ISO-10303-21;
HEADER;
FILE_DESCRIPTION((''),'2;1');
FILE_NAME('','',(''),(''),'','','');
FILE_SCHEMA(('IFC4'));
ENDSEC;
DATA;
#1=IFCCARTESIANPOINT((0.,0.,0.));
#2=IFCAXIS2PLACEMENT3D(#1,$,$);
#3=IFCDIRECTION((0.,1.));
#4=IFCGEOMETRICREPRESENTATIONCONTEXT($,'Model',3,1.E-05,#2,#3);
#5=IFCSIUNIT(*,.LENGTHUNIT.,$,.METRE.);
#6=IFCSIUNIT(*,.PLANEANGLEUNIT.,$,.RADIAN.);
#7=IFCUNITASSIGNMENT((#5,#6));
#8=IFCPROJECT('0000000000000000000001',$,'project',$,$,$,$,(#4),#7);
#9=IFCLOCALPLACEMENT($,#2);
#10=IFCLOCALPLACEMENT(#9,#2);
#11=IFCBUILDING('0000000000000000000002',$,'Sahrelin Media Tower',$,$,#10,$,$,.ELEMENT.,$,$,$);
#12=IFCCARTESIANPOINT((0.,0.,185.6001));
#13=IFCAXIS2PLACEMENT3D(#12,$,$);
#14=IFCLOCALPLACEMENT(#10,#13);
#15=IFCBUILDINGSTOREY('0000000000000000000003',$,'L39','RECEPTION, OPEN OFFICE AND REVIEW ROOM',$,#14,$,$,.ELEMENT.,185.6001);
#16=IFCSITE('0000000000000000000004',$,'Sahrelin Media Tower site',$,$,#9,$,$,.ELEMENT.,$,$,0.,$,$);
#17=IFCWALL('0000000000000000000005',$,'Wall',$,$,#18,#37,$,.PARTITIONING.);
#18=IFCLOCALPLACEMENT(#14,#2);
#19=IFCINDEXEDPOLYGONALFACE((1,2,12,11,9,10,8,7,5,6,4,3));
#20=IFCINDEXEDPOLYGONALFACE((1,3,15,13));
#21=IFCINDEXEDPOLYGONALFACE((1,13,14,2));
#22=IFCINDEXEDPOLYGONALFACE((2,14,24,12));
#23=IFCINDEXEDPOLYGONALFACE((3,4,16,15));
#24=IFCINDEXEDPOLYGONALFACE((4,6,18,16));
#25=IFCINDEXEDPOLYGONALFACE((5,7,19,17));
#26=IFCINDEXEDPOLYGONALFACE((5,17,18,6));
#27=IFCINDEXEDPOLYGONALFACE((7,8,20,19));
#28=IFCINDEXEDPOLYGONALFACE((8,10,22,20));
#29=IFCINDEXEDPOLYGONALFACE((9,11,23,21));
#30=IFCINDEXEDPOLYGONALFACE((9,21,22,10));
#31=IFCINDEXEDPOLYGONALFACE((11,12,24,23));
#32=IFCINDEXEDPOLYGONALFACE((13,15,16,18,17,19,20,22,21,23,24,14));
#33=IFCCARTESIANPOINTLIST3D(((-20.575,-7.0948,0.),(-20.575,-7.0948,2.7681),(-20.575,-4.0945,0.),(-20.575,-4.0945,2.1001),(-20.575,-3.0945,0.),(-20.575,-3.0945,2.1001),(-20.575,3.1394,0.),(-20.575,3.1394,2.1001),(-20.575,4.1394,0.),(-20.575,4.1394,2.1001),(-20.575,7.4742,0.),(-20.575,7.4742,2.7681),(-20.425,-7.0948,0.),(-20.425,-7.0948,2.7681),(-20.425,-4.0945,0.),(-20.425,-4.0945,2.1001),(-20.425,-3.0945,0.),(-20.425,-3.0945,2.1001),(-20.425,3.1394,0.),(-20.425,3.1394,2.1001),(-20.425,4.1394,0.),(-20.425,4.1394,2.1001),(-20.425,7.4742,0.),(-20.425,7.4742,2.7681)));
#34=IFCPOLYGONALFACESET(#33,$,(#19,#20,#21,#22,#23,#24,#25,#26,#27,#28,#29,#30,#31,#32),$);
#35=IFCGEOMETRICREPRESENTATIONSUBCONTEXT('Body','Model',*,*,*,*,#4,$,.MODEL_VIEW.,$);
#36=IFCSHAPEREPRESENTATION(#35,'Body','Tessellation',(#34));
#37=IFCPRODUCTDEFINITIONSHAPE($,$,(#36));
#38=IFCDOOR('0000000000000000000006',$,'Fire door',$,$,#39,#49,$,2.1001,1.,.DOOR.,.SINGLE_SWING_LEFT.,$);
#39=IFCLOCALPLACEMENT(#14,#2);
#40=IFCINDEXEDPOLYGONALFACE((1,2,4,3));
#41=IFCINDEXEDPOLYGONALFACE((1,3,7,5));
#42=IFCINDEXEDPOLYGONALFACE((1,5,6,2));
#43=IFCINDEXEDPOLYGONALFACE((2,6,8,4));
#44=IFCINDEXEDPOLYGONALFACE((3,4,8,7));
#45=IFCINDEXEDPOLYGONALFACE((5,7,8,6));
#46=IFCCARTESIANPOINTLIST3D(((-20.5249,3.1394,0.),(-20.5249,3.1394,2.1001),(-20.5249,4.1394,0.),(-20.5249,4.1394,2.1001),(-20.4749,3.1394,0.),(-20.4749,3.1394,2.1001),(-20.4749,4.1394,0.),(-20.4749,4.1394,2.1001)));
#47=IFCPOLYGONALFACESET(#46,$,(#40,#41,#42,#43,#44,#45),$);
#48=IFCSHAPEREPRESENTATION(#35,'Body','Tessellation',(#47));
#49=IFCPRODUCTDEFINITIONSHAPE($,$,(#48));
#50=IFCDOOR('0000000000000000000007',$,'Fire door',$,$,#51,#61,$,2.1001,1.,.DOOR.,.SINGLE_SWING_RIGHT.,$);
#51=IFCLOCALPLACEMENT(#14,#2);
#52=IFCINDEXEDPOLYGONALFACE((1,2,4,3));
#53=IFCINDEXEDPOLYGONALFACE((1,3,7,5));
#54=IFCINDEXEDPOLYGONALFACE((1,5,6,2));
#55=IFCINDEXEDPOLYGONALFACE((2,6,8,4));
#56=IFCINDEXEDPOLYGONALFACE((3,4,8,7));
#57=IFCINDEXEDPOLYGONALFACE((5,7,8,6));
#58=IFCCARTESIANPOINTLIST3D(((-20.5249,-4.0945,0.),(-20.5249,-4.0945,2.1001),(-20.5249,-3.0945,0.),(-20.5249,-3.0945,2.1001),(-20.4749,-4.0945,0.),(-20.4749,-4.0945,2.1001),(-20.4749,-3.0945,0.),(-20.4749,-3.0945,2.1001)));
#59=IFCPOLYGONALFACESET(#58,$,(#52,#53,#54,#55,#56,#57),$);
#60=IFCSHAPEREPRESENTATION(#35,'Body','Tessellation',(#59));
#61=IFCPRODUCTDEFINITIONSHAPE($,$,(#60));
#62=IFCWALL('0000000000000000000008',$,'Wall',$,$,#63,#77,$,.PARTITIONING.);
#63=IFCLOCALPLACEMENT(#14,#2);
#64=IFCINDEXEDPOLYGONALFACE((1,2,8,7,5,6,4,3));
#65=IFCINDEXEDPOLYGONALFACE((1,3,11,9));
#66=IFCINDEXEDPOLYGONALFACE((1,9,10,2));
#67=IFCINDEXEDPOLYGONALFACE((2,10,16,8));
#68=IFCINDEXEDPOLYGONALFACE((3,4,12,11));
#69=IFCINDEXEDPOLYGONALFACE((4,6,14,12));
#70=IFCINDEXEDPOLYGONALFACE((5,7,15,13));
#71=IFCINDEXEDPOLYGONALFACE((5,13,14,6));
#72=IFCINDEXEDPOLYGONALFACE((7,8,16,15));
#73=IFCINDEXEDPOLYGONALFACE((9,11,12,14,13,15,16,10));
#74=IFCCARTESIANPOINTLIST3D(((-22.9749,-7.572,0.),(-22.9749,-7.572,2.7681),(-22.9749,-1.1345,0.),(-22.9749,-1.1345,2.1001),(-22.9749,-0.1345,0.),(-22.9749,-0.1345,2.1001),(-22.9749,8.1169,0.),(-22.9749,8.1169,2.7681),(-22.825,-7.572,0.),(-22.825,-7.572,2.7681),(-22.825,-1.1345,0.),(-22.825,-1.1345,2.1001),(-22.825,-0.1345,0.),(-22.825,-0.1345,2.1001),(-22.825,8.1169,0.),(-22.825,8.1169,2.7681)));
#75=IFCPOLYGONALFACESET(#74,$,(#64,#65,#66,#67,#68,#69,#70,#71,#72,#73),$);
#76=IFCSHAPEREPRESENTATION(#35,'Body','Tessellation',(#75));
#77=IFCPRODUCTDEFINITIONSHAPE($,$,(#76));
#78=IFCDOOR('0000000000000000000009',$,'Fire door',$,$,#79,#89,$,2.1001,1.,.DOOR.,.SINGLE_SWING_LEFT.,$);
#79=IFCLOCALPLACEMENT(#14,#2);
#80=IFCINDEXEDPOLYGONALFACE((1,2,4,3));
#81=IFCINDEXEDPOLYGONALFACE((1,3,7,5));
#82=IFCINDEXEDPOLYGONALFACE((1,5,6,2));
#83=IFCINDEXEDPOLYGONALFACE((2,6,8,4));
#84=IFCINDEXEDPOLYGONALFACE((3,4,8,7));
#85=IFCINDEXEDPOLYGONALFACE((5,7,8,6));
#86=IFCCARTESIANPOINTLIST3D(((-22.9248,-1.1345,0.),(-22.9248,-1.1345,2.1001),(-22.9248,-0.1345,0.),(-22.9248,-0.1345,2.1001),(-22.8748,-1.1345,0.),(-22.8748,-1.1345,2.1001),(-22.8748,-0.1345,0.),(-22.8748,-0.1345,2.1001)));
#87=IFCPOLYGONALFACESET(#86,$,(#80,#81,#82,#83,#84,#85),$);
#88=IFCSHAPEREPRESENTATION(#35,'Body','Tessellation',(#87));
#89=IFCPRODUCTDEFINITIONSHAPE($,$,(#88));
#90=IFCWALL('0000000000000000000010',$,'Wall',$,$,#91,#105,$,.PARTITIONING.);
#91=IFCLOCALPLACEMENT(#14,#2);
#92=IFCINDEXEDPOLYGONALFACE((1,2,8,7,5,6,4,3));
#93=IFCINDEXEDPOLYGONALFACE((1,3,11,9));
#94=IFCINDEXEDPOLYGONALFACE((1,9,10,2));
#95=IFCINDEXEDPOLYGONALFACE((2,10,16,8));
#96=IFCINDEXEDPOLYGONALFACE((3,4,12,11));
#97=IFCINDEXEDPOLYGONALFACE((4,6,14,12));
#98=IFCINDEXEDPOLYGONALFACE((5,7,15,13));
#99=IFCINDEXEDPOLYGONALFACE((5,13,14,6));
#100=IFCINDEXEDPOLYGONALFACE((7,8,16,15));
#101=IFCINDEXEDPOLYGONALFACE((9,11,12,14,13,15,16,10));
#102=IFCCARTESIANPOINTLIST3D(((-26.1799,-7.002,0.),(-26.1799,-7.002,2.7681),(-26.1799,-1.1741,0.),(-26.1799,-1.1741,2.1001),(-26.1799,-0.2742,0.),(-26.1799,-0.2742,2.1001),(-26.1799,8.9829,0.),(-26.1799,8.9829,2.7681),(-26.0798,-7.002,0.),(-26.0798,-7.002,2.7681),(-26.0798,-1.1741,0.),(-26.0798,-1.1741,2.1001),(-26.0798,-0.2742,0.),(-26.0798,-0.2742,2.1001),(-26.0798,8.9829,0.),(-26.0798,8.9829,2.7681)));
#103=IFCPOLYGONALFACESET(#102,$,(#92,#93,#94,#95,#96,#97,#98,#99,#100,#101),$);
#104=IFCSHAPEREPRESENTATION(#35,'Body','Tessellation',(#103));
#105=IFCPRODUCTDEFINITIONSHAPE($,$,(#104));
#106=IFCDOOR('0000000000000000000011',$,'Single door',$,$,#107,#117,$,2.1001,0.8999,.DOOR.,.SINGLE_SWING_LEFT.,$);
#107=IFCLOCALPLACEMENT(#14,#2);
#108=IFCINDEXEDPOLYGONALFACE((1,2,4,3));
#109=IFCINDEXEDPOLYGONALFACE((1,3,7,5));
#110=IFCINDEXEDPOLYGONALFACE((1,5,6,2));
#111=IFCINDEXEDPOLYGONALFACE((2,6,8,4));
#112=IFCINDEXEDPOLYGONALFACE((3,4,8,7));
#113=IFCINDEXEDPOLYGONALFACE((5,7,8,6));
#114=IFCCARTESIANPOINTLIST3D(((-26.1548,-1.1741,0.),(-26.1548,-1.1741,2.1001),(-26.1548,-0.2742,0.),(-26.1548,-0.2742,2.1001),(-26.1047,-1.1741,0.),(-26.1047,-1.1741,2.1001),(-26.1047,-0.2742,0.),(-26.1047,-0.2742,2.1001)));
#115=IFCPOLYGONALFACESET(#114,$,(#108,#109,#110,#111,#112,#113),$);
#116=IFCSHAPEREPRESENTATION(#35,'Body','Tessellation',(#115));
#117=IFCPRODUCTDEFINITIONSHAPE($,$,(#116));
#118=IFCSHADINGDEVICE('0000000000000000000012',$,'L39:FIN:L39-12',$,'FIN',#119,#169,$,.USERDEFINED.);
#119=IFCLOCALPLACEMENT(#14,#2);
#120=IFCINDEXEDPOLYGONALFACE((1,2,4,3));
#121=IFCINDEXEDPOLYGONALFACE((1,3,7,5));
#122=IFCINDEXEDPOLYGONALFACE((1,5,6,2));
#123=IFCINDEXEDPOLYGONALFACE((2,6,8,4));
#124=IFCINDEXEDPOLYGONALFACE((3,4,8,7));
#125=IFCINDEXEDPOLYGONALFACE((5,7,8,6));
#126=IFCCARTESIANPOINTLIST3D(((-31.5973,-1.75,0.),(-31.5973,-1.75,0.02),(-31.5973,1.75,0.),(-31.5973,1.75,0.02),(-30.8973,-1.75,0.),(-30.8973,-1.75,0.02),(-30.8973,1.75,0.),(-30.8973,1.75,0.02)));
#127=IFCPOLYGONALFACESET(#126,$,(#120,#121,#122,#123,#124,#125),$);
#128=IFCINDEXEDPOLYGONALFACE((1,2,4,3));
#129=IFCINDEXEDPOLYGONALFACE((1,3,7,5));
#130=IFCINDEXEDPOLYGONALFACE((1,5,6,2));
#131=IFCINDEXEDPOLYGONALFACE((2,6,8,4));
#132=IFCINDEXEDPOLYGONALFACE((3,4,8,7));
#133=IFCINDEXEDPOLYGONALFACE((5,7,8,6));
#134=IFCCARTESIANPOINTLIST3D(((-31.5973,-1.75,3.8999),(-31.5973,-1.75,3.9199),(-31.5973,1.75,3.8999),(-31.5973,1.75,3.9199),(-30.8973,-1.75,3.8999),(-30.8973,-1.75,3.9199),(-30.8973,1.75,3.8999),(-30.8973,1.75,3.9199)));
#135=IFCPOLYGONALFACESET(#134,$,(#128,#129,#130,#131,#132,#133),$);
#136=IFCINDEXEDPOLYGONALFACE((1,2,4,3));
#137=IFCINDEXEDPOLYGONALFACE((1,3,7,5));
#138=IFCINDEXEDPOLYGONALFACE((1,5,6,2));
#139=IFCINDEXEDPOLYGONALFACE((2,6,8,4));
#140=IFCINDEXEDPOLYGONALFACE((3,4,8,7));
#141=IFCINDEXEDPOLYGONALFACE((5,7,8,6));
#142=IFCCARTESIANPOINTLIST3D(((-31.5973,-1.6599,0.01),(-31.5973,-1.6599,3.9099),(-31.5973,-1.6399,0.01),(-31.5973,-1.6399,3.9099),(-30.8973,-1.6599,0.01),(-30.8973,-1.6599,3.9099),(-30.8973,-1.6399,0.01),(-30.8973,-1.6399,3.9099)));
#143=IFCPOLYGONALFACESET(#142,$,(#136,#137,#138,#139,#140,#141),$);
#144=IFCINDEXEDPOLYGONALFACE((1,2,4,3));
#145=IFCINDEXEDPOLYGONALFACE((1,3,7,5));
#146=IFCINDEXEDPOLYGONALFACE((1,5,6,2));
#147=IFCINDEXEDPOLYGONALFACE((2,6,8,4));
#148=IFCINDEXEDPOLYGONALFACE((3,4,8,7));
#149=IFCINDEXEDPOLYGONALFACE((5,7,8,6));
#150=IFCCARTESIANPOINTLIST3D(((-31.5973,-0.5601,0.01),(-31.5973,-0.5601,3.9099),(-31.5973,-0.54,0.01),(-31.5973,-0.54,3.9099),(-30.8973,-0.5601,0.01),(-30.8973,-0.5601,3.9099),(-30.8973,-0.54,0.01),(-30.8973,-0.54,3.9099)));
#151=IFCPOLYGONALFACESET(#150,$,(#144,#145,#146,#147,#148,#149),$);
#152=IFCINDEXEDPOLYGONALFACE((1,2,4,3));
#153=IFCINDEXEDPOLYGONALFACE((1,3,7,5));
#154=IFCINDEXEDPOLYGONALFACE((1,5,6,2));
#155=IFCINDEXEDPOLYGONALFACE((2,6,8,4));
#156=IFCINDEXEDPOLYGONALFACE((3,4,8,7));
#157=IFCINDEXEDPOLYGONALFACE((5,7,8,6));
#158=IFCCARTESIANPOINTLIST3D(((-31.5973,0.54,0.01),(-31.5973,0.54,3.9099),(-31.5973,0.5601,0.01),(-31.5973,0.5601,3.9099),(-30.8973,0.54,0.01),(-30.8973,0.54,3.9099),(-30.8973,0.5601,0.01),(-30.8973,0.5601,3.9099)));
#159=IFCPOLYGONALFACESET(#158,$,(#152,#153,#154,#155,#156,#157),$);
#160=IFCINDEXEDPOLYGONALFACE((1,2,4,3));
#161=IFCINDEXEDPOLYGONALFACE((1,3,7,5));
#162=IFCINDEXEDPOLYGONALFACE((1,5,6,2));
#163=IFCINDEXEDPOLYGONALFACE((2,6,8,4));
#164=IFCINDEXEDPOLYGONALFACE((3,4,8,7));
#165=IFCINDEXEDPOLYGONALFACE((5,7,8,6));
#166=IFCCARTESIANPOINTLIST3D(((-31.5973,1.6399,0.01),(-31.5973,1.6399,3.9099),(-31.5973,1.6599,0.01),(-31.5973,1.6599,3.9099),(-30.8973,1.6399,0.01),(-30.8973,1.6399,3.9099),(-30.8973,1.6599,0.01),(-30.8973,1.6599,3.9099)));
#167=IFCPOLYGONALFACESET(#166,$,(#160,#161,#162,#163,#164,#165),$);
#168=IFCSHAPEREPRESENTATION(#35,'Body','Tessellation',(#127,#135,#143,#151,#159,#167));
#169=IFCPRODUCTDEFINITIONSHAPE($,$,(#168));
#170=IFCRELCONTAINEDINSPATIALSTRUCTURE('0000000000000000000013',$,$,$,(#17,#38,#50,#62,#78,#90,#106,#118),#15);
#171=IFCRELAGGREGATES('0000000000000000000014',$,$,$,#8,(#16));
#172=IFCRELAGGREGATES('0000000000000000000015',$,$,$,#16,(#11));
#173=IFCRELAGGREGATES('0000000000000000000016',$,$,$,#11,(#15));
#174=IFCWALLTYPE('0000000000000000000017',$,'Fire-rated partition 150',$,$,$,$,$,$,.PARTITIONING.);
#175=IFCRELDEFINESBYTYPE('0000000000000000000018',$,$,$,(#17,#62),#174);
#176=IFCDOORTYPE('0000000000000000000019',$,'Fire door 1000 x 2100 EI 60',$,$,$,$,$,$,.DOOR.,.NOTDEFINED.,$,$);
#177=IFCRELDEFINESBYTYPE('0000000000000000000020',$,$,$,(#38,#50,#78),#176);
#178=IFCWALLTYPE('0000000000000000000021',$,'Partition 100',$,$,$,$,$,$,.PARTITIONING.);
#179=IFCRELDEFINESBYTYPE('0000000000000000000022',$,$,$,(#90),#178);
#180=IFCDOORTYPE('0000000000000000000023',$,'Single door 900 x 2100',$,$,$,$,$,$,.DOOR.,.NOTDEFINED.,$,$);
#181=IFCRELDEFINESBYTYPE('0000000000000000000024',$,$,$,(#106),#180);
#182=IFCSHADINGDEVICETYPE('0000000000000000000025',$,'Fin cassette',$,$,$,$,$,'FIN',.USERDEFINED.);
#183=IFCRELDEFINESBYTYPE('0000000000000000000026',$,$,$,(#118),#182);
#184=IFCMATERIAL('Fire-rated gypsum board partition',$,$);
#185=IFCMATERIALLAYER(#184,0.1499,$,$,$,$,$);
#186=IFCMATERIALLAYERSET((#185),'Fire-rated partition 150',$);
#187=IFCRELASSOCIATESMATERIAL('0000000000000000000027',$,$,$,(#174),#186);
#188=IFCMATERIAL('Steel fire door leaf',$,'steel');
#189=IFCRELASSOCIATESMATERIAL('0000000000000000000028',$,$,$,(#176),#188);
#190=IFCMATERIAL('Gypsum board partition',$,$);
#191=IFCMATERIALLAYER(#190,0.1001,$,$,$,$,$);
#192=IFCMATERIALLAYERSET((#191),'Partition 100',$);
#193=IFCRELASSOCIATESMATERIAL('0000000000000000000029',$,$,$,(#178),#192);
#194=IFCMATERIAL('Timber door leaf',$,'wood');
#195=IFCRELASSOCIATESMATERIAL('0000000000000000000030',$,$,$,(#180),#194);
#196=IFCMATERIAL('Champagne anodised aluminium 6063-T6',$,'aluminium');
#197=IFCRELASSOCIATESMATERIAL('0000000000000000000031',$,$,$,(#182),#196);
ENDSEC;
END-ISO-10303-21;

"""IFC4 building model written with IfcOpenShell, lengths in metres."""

from ifc_helpers import new_model, si_unit, direction, frame, frame_2d, origin, origin_2d, place, context, subcontext, project, spatial, rectangle, extrude, material, layer, layer_set, type_object, element, fill, save


model = new_model("IFC4")

# Units and contexts
model_context = context("Model", 3, precision=1e-05, world=origin(), true_north=direction((0.0, 1.0)))
body_context = subcontext(model_context, "Body", "Model", "MODEL_VIEW")
ifc_project = project(units=[si_unit("LENGTHUNIT", "METRE"), si_unit("PLANEANGLEUNIT", "RADIAN")], contexts=[model_context])

# Site, building, storey
site_placement = place(None, origin())
site = spatial("IfcSite", under=ifc_project, at=site_placement, Name="Sahrelin Media Tower site", CompositionType="ELEMENT", RefElevation=0.0)
building_placement = place(site_placement, origin())
building = spatial("IfcBuilding", under=site, at=building_placement, Name="Sahrelin Media Tower", CompositionType="ELEMENT")
storey_placement = place(building_placement, frame((0.0, 0.0, 185.6001)))
storey = spatial("IfcBuildingStorey", under=building, at=storey_placement, Name="L39", Description="RECEPTION, OPEN OFFICE AND REVIEW ROOM", CompositionType="ELEMENT", Elevation=185.6001)

# Shared definitions
ifc_material_1 = material(Name="Champagne anodised aluminium 6063-T6", Category="aluminium")

# Shared definitions
ifc_material_2 = material(Name="Fire-rated gypsum board partition")
ifc_layer_1 = layer(ifc_material_2, 0.1499)
ifc_layer_set_1 = layer_set([ifc_layer_1], Name="Fire-rated partition 150")
wall_type_1 = type_object("IfcWallType", Name="Fire-rated partition 150", PredefinedType="PARTITIONING", material=ifc_layer_set_1)
ifc_material_3 = material(Name="Steel fire door leaf", Category="steel")
door_type_1 = type_object("IfcDoorType", Name="Fire door 1000 x 2100 EI 60", OperationType="NOTDEFINED", PredefinedType="DOOR", material=ifc_material_3)

# Wall, openings, doors
wall_1_placement = place(storey_placement, frame((-20.5, -7.095, 0.0), z_axis=(0.0, 0.0, 1.0), x_axis=(0.0, 1.0, 0.0)))
wall_1 = element("IfcWall", 1, at=wall_1_placement, inside=storey, type_object=wall_type_1, Name="Wall", PredefinedType="PARTITIONING", context=body_context, shape_type="SweptSolid", body=[
    extrude(rectangle(XDim=14.5691, YDim=0.1499, at=frame_2d((7.2847, 0.0))), origin(), (0.0, 0.0, 1.0), 2.7681),
])
opening_1_placement = place(wall_1_placement, frame((10.2344, 0.0, 0.0)))
opening_1 = element("IfcOpeningElement", 2, at=opening_1_placement, cuts=wall_1, PredefinedType="OPENING", context=body_context, shape_type="SweptSolid", body=[
    extrude(rectangle(XDim=1.0, YDim=2.1001, at=frame_2d((0.5, 1.05))), frame((0.0, 0.075, 0.0), z_axis=(0.0, -1.0, 0.0), x_axis=(1.0, 0.0, 0.0)), (0.0, 0.0, 1.0), 0.1499),
])
opening_2_placement = place(wall_1_placement, frame((3.0005, 0.0, 0.0)))
opening_2 = element("IfcOpeningElement", 3, at=opening_2_placement, cuts=wall_1, PredefinedType="OPENING", context=body_context, shape_type="SweptSolid", body=[
    extrude(rectangle(XDim=1.0, YDim=2.1001, at=frame_2d((0.5, 1.05))), frame((0.0, 0.075, 0.0), z_axis=(0.0, -1.0, 0.0), x_axis=(1.0, 0.0, 0.0)), (0.0, 0.0, 1.0), 0.1499),
])
door_1_placement = place(opening_1_placement, origin())
door_1 = element("IfcDoor", 4, at=door_1_placement, inside=storey, type_object=door_type_1, Name="Fire door", OperationType="SINGLE_SWING_LEFT", OverallHeight=2.1001, OverallWidth=1.0, PredefinedType="DOOR", context=body_context, shape_type="SweptSolid", body=[
    extrude(rectangle(XDim=1.0, YDim=2.1001, at=frame_2d((0.5, 1.05))), frame((0.0, 0.0249, 0.0), z_axis=(0.0, -1.0, 0.0), x_axis=(1.0, 0.0, 0.0)), (0.0, 0.0, 1.0), 0.05),
])
fill(opening_1, door_1)
door_2_placement = place(opening_2_placement, origin())
door_2 = element("IfcDoor", 5, at=door_2_placement, inside=storey, type_object=door_type_1, Name="Fire door", OperationType="SINGLE_SWING_RIGHT", OverallHeight=2.1001, OverallWidth=1.0, PredefinedType="DOOR", context=body_context, shape_type="SweptSolid", body=[
    extrude(rectangle(XDim=1.0, YDim=2.1001, at=frame_2d((0.5, 1.05))), frame((0.0, 0.0249, 0.0), z_axis=(0.0, -1.0, 0.0), x_axis=(1.0, 0.0, 0.0)), (0.0, 0.0, 1.0), 0.05),
])
fill(opening_2, door_2)

# Walls, openings, doors
wall_2_placement = place(storey_placement, frame((-22.8999, -7.572, 0.0), z_axis=(0.0, 0.0, 1.0), x_axis=(0.0, 1.0, 0.0)))
wall_2 = element("IfcWall", 6, at=wall_2_placement, inside=storey, type_object=wall_type_1, Name="Wall", PredefinedType="PARTITIONING", context=body_context, shape_type="SweptSolid", body=[
    extrude(rectangle(XDim=15.689, YDim=0.1499, at=frame_2d((7.8445, 0.0))), origin(), (0.0, 0.0, 1.0), 2.7681),
])
opening_3_placement = place(wall_2_placement, frame((6.4375, 0.0, 0.0)))
opening_3 = element("IfcOpeningElement", 7, at=opening_3_placement, cuts=wall_2, PredefinedType="OPENING", context=body_context, shape_type="SweptSolid", body=[
    extrude(rectangle(XDim=1.0, YDim=2.1001, at=frame_2d((0.5, 1.05))), frame((0.0, 0.075, 0.0), z_axis=(0.0, -1.0, 0.0), x_axis=(1.0, 0.0, 0.0)), (0.0, 0.0, 1.0), 0.1499),
])
door_3_placement = place(opening_3_placement, origin())
door_3 = element("IfcDoor", 8, at=door_3_placement, inside=storey, type_object=door_type_1, Name="Fire door", OperationType="SINGLE_SWING_LEFT", OverallHeight=2.1001, OverallWidth=1.0, PredefinedType="DOOR", context=body_context, shape_type="SweptSolid", body=[
    extrude(rectangle(XDim=1.0, YDim=2.1001, at=frame_2d((0.5, 1.05))), frame((0.0, 0.0249, 0.0), z_axis=(0.0, -1.0, 0.0), x_axis=(1.0, 0.0, 0.0)), (0.0, 0.0, 1.0), 0.05),
])
fill(opening_3, door_3)
ifc_material_4 = material(Name="Gypsum board partition")
ifc_layer_2 = layer(ifc_material_4, 0.1001)
ifc_layer_set_2 = layer_set([ifc_layer_2], Name="Partition 100")
wall_type_2 = type_object("IfcWallType", Name="Partition 100", PredefinedType="PARTITIONING", material=ifc_layer_set_2)
wall_3_placement = place(storey_placement, frame((-26.1299, -7.002, 0.0), z_axis=(0.0, 0.0, 1.0), x_axis=(0.0, 1.0, 0.0)))
wall_3 = element("IfcWall", 9, at=wall_3_placement, inside=storey, type_object=wall_type_2, Name="Wall", PredefinedType="PARTITIONING", context=body_context, shape_type="SweptSolid", body=[
    extrude(rectangle(XDim=15.9849, YDim=0.1001, at=frame_2d((7.9924, 0.0))), origin(), (0.0, 0.0, 1.0), 2.7681),
])
opening_4_placement = place(wall_3_placement, frame((5.8279, 0.0, 0.0)))
opening_4 = element("IfcOpeningElement", 10, at=opening_4_placement, cuts=wall_3, PredefinedType="OPENING", context=body_context, shape_type="SweptSolid", body=[
    extrude(rectangle(XDim=0.8999, YDim=2.1001, at=frame_2d((0.45, 1.05))), frame((0.0, 0.05, 0.0), z_axis=(0.0, -1.0, 0.0), x_axis=(1.0, 0.0, 0.0)), (0.0, 0.0, 1.0), 0.1001),
])
ifc_material_5 = material(Name="Timber door leaf", Category="wood")
door_type_2 = type_object("IfcDoorType", Name="Single door 900 x 2100", OperationType="NOTDEFINED", PredefinedType="DOOR", material=ifc_material_5)
door_4_placement = place(opening_4_placement, origin())
door_4 = element("IfcDoor", 11, at=door_4_placement, inside=storey, type_object=door_type_2, Name="Single door", OperationType="SINGLE_SWING_LEFT", OverallHeight=2.1001, OverallWidth=0.8999, PredefinedType="DOOR", context=body_context, shape_type="SweptSolid", body=[
    extrude(rectangle(XDim=0.8999, YDim=2.1001, at=frame_2d((0.45, 1.05))), frame((0.0, 0.0249, 0.0), z_axis=(0.0, -1.0, 0.0), x_axis=(1.0, 0.0, 0.0)), (0.0, 0.0, 1.0), 0.05),
])
fill(opening_4, door_4)

# Shading device
shading_device_type_1 = type_object("IfcShadingDeviceType", Name="Fin cassette", ElementType="FIN", PredefinedType="USERDEFINED", material=ifc_material_1)
placement_1 = place(storey_placement, frame((-30.8274, 0.0, 0.0), z_axis=(0.0, 0.0, 1.0), x_axis=(0.0, 1.0, 0.0)))
element("IfcShadingDevice", 12, at=placement_1, inside=storey, type_object=shading_device_type_1, Name="L39:FIN:L39-12", ObjectType="FIN", PredefinedType="USERDEFINED", context=body_context, shape_type="SweptSolid", body=[
    extrude(rectangle(XDim=3.5, YDim=0.7, at=origin_2d()), frame((0.0, 0.4199, 0.0)), (0.0, 0.0, 1.0), 0.02),
    extrude(rectangle(XDim=3.5, YDim=0.7, at=origin_2d()), frame((0.0, 0.4199, 3.8999)), (0.0, 0.0, 1.0), 0.02),
    extrude(rectangle(XDim=0.02, YDim=0.7, at=origin_2d()), frame((-1.6499, 0.4199, 0.01), z_axis=(0.0, 0.0, 1.0), x_axis=(1.0, 0.0, 0.0)), (0.0, 0.0, 1.0), 3.8999),
    extrude(rectangle(XDim=0.02, YDim=0.7, at=origin_2d()), frame((-0.55, 0.4199, 0.01), z_axis=(0.0, 0.0, 1.0), x_axis=(1.0, 0.0, 0.0)), (0.0, 0.0, 1.0), 3.8999),
    extrude(rectangle(XDim=0.02, YDim=0.7, at=origin_2d()), frame((0.55, 0.4199, 0.01), z_axis=(0.0, 0.0, 1.0), x_axis=(1.0, 0.0, 0.0)), (0.0, 0.0, 1.0), 3.8999),
    extrude(rectangle(XDim=0.02, YDim=0.7, at=origin_2d()), frame((1.6499, 0.4199, 0.01), z_axis=(0.0, 0.0, 1.0), x_axis=(1.0, 0.0, 0.0)), (0.0, 0.0, 1.0), 3.8999),
])

save(model, "model.ifc")
